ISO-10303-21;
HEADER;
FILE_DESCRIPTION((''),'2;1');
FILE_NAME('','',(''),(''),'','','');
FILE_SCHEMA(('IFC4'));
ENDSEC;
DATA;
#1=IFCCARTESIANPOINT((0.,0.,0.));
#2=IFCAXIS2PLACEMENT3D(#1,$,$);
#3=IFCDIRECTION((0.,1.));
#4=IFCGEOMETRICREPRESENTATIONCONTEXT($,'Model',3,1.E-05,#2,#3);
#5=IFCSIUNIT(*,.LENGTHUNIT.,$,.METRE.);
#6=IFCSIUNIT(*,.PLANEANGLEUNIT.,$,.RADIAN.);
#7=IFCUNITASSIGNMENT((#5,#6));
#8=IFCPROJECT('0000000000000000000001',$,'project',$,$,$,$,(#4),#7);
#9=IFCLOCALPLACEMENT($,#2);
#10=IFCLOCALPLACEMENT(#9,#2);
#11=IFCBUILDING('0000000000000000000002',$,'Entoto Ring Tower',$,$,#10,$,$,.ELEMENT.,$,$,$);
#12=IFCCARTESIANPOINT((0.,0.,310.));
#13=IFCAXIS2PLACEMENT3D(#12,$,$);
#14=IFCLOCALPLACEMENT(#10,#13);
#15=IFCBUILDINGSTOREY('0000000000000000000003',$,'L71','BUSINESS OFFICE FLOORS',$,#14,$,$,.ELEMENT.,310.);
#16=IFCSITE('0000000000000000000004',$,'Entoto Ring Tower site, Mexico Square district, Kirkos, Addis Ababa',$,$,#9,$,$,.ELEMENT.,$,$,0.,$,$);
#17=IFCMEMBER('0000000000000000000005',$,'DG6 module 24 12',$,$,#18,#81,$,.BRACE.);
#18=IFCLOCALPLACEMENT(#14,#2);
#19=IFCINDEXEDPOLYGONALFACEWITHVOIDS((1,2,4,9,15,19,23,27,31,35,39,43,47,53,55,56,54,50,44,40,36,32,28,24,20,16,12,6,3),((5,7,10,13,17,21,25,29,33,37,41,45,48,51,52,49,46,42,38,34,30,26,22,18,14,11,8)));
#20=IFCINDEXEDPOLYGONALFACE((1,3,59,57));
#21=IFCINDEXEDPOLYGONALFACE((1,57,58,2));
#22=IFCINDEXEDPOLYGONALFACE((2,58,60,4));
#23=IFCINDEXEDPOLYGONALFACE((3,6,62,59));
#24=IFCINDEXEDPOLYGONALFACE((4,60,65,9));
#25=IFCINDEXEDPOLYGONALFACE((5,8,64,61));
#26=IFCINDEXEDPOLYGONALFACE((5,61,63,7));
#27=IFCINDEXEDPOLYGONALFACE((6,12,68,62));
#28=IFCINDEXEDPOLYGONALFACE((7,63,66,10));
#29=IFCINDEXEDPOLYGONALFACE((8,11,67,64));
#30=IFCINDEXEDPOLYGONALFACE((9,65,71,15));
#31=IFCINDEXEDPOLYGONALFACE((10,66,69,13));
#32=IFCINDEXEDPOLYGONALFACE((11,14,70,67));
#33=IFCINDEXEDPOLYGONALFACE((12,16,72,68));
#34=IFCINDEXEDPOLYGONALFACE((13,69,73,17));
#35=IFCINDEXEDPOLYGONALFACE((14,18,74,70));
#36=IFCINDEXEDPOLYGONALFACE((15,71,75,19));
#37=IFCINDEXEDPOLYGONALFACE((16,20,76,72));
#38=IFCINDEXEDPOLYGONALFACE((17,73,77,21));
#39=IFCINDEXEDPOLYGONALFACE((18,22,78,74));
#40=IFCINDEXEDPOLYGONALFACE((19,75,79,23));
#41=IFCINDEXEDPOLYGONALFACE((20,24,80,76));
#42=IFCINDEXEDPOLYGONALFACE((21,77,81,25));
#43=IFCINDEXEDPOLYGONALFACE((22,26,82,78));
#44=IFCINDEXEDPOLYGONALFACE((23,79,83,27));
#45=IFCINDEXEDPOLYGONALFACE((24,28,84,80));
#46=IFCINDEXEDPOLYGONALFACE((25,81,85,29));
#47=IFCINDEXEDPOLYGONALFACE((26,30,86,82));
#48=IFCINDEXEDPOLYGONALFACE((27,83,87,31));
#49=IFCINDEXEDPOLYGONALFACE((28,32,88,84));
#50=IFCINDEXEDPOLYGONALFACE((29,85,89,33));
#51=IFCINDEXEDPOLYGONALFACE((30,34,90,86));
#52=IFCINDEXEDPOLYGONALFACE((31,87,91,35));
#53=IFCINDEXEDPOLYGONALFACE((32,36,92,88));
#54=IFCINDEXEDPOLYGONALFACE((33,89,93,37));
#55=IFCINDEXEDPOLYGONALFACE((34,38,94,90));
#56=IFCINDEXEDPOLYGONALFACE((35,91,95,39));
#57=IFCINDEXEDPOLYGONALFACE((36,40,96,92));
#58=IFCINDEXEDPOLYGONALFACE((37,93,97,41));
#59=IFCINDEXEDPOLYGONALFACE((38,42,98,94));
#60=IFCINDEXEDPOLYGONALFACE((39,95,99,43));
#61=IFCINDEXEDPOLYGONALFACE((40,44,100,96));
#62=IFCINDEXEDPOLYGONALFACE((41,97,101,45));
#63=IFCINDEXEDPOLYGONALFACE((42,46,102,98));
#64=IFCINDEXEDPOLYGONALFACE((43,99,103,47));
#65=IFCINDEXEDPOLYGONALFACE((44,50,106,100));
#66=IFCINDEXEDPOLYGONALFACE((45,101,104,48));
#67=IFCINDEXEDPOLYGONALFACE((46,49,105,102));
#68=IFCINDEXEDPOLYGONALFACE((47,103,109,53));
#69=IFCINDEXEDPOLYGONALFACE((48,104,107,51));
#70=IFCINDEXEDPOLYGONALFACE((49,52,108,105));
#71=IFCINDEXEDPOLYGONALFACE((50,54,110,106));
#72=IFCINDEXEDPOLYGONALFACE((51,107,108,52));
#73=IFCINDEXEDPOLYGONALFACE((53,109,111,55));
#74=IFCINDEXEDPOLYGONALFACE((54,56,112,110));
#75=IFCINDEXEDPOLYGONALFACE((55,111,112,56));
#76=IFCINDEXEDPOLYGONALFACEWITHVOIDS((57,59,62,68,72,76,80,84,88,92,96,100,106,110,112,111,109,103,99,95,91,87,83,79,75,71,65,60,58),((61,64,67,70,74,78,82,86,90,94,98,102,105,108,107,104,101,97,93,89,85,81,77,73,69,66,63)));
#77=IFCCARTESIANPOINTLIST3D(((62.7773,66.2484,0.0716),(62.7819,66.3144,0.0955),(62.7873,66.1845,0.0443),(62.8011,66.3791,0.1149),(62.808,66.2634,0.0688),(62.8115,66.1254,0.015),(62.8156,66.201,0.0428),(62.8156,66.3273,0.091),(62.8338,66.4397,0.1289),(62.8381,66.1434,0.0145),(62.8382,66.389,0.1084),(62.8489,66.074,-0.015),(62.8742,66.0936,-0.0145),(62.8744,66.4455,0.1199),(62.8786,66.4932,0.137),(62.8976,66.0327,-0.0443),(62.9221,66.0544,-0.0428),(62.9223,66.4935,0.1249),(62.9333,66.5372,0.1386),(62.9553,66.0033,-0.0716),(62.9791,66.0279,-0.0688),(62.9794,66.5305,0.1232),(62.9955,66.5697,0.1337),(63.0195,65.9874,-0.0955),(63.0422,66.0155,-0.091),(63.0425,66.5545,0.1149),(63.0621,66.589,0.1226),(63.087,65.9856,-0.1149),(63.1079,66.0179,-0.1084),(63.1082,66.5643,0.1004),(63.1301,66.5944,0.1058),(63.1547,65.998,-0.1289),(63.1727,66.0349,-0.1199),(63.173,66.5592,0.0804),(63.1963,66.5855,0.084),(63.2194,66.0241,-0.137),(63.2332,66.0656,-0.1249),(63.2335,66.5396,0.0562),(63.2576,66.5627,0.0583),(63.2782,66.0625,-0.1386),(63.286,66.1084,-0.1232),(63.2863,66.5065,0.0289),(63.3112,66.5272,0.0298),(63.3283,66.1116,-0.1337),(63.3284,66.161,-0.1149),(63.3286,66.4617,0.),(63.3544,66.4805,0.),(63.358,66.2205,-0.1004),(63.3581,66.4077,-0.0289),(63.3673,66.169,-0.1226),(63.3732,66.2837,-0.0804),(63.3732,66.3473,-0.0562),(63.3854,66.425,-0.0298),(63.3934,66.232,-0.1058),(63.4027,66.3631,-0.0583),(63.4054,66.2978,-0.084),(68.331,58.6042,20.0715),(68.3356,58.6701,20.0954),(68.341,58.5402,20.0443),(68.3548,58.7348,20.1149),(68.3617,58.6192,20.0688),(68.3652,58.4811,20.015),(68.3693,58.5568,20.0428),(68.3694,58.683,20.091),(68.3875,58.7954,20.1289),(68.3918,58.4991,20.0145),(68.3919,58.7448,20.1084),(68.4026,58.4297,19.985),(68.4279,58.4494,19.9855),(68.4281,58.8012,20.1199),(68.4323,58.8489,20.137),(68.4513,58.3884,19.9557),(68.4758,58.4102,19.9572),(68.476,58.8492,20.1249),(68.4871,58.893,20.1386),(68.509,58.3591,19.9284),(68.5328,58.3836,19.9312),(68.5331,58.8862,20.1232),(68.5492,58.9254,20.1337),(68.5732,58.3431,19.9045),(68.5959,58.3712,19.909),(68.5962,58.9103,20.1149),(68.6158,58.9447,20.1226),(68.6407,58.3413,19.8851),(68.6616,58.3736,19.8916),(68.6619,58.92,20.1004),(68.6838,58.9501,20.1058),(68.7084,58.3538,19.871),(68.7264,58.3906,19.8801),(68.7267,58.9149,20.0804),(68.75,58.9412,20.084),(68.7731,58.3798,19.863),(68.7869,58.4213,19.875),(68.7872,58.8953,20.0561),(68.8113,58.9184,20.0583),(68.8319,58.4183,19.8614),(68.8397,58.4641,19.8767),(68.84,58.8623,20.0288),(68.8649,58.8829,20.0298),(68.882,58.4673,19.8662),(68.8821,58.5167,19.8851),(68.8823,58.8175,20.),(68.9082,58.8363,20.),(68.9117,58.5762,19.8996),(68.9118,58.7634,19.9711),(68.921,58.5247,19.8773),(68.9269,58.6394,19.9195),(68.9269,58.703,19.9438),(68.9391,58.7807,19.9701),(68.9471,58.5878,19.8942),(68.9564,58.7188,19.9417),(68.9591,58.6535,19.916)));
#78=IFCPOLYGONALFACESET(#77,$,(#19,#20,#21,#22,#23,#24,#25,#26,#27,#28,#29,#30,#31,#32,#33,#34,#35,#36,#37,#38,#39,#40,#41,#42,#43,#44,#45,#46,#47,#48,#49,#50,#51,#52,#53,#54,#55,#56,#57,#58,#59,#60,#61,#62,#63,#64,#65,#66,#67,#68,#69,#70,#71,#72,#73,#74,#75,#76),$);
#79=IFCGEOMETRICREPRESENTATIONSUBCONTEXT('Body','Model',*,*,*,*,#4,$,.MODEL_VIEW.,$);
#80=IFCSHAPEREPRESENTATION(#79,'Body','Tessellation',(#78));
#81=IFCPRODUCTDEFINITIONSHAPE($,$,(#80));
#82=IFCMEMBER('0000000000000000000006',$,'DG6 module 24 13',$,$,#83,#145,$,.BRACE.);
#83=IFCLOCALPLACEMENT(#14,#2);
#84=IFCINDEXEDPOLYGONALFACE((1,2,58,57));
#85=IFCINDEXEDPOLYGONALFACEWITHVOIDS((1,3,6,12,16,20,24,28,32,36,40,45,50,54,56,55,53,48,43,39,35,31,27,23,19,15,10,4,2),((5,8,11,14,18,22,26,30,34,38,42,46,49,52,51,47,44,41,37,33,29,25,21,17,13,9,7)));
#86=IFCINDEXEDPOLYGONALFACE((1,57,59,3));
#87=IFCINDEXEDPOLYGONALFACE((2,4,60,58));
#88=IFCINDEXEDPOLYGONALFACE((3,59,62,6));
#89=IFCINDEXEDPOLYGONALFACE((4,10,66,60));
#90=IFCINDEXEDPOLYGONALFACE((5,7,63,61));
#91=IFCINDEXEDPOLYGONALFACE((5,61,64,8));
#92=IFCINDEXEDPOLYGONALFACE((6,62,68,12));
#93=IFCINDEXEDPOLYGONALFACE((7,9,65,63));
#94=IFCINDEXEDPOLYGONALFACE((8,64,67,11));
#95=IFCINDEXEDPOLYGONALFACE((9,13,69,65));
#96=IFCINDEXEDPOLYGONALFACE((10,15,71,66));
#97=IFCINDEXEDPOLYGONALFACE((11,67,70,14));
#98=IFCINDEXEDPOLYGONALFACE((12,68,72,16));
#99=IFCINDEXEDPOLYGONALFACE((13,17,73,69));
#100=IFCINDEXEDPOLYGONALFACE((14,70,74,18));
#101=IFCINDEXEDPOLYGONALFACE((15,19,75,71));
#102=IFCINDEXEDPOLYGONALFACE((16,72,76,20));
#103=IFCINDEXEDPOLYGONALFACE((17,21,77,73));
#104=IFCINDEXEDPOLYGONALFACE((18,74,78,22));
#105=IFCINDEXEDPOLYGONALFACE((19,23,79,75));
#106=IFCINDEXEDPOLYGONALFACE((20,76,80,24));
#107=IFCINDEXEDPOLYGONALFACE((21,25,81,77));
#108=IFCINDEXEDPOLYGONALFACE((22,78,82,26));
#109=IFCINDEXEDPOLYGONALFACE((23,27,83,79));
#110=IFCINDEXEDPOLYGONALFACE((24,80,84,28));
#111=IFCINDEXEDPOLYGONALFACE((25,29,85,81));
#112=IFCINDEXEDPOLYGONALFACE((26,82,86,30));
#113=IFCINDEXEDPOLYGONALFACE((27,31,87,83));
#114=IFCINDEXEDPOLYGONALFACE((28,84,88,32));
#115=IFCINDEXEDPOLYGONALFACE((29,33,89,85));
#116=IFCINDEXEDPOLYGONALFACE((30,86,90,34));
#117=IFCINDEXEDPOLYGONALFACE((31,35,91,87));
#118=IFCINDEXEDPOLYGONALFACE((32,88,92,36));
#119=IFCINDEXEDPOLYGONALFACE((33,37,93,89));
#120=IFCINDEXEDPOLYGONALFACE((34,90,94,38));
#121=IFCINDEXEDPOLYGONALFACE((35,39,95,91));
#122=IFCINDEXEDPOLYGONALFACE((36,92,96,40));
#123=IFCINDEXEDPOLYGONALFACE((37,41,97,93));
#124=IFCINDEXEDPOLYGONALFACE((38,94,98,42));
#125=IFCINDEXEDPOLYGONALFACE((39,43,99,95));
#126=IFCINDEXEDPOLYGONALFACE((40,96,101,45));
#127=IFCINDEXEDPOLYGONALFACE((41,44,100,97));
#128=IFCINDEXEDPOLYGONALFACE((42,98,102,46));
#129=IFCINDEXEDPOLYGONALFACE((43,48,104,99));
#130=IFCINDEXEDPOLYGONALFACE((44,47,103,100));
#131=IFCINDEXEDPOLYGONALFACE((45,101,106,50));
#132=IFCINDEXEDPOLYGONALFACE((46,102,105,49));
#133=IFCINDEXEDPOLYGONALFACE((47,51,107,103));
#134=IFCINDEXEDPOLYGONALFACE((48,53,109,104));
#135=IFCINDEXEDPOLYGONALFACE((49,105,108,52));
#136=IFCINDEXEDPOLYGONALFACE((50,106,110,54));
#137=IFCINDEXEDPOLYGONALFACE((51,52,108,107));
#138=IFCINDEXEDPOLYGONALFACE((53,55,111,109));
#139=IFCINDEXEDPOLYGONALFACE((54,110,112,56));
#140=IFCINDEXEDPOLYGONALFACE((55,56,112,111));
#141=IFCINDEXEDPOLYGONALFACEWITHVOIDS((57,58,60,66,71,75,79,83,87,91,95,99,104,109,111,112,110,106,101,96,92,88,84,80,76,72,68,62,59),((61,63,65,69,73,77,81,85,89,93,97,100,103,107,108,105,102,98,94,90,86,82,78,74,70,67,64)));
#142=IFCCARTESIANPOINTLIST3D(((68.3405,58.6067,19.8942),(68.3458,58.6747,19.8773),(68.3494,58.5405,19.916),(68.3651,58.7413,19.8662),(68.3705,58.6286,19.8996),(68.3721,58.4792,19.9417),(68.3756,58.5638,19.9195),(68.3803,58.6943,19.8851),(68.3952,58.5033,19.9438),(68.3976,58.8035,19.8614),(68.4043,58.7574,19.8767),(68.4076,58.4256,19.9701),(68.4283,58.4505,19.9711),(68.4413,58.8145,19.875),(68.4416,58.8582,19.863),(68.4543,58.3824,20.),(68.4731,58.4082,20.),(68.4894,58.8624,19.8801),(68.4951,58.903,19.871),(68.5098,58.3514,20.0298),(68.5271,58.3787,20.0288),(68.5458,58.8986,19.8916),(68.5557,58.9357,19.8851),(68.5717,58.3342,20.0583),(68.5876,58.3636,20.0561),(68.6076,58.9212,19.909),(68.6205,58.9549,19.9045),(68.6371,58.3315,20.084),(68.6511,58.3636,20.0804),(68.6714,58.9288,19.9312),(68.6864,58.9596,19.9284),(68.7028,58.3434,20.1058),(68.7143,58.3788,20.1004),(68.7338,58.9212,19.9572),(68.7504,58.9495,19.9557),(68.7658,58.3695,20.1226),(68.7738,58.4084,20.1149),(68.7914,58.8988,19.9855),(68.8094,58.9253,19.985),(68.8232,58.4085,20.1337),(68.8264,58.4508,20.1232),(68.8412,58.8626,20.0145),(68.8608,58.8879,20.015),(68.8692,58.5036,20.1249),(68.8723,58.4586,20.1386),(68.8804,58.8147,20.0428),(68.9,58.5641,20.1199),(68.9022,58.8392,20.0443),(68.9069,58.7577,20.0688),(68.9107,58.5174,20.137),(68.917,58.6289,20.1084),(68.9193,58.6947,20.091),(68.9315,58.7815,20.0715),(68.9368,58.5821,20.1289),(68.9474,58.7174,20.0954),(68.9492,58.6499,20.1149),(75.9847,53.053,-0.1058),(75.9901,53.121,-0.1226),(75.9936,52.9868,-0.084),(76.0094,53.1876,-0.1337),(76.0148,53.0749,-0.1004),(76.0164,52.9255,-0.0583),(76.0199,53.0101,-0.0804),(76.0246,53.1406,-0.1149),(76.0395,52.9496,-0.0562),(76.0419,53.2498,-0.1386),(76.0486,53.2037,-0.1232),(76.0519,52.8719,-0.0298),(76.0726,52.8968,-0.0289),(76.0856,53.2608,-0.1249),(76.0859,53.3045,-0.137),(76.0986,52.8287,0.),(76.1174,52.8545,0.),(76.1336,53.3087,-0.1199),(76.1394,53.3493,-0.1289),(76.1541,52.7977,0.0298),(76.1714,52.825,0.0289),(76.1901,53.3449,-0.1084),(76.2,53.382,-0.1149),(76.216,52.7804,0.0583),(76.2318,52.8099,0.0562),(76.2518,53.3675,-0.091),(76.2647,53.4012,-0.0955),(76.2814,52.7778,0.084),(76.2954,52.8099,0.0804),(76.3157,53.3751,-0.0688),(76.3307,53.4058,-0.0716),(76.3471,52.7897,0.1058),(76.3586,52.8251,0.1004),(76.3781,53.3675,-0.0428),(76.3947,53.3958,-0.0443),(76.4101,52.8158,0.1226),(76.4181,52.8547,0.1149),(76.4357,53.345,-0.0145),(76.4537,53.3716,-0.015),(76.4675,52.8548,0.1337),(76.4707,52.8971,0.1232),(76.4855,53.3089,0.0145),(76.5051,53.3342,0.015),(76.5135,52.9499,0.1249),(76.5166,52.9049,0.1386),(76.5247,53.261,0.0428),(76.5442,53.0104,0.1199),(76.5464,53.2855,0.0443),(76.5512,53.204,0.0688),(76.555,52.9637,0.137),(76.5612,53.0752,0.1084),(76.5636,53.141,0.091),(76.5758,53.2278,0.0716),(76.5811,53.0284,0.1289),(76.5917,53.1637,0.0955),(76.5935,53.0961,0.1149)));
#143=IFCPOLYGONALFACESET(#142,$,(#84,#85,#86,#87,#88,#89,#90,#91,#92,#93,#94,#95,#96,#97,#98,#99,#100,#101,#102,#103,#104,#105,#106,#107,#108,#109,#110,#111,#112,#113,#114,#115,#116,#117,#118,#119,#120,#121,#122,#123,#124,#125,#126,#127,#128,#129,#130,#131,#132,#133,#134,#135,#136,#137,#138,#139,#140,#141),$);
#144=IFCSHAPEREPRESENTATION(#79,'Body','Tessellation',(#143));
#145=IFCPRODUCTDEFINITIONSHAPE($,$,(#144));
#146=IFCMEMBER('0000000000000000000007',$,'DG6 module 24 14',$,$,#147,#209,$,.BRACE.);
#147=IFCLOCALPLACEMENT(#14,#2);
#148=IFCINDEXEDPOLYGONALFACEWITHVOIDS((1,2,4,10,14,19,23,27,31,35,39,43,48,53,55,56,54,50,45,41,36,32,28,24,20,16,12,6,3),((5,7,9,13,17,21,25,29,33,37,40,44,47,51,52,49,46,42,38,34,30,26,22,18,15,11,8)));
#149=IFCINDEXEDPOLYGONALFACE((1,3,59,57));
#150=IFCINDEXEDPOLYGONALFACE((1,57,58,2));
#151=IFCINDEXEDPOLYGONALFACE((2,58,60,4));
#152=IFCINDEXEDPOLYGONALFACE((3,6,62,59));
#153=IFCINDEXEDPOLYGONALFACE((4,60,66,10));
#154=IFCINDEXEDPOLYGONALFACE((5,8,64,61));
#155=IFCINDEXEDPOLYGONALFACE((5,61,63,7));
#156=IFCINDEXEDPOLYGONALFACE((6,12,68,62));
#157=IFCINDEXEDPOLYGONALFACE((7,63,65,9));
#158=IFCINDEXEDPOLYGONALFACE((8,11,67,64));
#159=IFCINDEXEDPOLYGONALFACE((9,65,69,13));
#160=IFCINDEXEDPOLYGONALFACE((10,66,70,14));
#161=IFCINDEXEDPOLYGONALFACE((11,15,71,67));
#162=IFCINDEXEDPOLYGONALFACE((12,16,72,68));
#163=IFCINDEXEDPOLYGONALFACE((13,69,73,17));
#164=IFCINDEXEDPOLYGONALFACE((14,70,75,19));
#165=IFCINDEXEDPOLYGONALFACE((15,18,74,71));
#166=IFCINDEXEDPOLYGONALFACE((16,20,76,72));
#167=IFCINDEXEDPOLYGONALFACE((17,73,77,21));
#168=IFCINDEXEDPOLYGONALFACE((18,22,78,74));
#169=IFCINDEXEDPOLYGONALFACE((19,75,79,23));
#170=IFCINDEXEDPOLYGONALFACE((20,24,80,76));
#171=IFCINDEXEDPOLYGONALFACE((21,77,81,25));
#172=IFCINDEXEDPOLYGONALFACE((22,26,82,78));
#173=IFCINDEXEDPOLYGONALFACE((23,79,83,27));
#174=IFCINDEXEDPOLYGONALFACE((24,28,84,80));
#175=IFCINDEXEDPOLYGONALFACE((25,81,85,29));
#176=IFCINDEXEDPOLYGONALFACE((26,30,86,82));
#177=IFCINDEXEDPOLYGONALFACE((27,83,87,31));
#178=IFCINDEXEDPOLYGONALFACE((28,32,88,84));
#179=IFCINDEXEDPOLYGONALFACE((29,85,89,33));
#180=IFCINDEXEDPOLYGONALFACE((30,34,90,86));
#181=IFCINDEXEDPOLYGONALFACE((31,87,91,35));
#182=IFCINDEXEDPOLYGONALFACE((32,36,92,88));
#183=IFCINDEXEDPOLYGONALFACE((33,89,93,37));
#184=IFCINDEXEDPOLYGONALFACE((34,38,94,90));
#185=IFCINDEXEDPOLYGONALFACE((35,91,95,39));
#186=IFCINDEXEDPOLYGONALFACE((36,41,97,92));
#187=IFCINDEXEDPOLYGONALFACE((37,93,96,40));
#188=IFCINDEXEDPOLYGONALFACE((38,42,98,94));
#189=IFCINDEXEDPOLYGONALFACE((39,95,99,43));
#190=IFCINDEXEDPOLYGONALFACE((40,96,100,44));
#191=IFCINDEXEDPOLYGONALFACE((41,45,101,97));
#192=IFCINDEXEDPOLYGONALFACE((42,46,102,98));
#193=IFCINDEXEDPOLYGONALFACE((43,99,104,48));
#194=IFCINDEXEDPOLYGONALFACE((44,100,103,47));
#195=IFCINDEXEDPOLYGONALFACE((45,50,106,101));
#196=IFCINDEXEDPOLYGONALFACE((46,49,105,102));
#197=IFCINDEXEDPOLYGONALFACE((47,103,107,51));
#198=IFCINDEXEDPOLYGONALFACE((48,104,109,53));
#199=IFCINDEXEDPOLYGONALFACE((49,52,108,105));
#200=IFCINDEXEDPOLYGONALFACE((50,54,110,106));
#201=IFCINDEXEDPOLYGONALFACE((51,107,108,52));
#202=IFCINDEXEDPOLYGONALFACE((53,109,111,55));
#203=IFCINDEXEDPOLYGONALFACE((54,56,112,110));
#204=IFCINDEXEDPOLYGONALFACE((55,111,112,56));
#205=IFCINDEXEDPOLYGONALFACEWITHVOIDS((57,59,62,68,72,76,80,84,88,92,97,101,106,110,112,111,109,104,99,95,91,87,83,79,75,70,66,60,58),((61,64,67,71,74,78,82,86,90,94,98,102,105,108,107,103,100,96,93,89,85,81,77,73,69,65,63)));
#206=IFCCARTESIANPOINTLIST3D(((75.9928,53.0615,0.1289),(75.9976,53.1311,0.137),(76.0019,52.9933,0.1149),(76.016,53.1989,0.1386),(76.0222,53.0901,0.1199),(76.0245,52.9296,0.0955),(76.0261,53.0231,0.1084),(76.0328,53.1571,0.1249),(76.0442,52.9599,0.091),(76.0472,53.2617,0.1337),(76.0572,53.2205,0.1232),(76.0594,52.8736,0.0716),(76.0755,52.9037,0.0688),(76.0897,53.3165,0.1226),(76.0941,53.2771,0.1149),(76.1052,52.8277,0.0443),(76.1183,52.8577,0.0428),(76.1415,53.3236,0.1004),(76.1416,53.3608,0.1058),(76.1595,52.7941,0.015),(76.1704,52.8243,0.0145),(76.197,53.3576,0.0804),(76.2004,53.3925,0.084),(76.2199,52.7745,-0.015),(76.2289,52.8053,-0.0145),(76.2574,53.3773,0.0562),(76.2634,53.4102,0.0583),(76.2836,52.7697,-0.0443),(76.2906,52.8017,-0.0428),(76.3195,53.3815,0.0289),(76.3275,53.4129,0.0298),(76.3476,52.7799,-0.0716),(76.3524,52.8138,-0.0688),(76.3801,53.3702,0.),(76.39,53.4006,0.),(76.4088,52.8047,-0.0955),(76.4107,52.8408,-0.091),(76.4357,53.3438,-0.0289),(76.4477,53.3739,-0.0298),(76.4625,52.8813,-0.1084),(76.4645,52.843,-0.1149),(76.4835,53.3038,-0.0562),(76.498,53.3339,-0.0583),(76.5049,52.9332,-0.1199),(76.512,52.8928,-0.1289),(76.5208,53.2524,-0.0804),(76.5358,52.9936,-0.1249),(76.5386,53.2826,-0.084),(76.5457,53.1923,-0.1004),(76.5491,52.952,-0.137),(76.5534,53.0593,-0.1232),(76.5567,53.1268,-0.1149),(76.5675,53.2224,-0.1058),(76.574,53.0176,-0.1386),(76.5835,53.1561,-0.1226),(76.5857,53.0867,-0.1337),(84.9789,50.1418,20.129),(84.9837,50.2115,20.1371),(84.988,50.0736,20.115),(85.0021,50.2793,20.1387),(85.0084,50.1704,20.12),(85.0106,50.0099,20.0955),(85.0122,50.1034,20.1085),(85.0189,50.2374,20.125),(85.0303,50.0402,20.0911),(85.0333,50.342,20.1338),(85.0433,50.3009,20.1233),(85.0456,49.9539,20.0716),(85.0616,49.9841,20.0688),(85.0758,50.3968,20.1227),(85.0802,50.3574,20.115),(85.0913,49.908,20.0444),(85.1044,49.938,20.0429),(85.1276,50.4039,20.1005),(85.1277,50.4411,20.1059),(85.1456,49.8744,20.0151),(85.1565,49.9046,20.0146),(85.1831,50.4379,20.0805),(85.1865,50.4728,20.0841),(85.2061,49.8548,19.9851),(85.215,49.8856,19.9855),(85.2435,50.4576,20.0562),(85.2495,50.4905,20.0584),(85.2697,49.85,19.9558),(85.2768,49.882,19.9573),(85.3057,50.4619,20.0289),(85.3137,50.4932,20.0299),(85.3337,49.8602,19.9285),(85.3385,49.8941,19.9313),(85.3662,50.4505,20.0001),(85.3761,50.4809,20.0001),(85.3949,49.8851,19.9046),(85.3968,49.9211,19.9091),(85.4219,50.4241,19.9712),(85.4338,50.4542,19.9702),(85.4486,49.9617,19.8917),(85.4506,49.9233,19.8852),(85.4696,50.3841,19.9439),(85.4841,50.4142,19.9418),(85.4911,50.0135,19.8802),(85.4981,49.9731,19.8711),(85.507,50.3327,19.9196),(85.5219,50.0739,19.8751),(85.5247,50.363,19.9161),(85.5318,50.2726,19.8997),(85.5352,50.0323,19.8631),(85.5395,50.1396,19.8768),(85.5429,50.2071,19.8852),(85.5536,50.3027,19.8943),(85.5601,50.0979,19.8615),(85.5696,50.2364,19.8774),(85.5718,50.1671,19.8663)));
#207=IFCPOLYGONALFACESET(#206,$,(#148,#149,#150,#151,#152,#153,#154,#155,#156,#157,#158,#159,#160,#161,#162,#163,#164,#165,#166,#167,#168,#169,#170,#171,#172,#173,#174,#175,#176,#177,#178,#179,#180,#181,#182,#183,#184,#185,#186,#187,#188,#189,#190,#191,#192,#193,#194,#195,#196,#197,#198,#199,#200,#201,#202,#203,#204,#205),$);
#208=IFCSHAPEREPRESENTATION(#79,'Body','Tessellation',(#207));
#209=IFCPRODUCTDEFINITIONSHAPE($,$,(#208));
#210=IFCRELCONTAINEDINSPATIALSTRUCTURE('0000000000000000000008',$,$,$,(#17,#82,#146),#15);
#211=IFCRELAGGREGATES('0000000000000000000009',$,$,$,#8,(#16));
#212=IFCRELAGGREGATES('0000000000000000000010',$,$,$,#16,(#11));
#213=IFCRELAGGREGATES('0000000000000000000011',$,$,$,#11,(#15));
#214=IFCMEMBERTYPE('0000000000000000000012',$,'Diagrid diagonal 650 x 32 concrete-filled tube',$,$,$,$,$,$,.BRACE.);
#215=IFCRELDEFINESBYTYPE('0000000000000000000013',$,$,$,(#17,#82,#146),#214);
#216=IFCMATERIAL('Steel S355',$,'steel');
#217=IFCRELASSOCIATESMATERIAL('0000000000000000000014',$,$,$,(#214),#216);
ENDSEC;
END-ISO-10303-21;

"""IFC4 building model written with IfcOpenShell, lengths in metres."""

from ifc_helpers import new_model, si_unit, direction, frame, origin, origin_2d, place, context, subcontext, project, spatial, circle, hollow_circle, extrude, material, material_profile, profile_set, type_object, element, save


model = new_model("IFC4")

# Units and contexts
model_context = context("Model", 3, precision=1e-05, world=origin(), true_north=direction((0.0, 1.0)))
body_context = subcontext(model_context, "Body", "Model", "MODEL_VIEW")
ifc_project = project(units=[si_unit("LENGTHUNIT", "METRE"), si_unit("PLANEANGLEUNIT", "RADIAN")], contexts=[model_context])

# Site, building, storey
site_placement = place(None, origin())
site = spatial("IfcSite", under=ifc_project, at=site_placement, Name="Entoto Ring Tower site, Mexico Square district, Kirkos, Addis Ababa", CompositionType="ELEMENT", RefElevation=0.0)
building_placement = place(site_placement, origin())
building = spatial("IfcBuilding", under=site, at=building_placement, Name="Entoto Ring Tower", CompositionType="ELEMENT")
storey_placement = place(building_placement, frame((0.0, 0.0, 310.0)))
storey = spatial("IfcBuildingStorey", under=building, at=storey_placement, Name="L71", Description="BUSINESS OFFICE FLOORS", CompositionType="ELEMENT", Elevation=310.0)

# Members
ifc_material_1 = material(Name="Steel S355", Category="steel")
ifc_material_profile_1 = material_profile(ifc_material_1, hollow_circle(Radius=0.325, WallThickness=0.032, at=origin_2d()), Name="CHS 650 x 32")
ifc_material_2 = material(Name="Concrete C60/75", Category="concrete")
ifc_material_profile_2 = material_profile(ifc_material_2, circle(Radius=0.293, at=origin_2d()), Name="Concrete C60/75 infill")
ifc_profile_set_1 = profile_set([ifc_material_profile_1, ifc_material_profile_2], Name="Steel S355")
member_type_1 = type_object("IfcMemberType", Name="Diagrid diagonal 650 x 32 concrete-filled tube", PredefinedType="BRACE", material=ifc_profile_set_1)
for number, where, z_axis, x_axis, name in (
    (1, (63.0916, 66.2896, 0.0), (0.251076, -0.345588, 0.904174), (0.809026, 0.587772, 0.0), "DG6 module 24 12"),
    (2, (76.2896, 53.0916, 0.0), (-0.345588, 0.251076, 0.904174), (-0.587772, -0.809026, 0.0), "DG6 module 24 13"),
    (3, (76.2896, 53.0916, 0.0), (0.406251, -0.131995, 0.904178), (0.30901, 0.951059, 0.0), "DG6 module 24 14"),
):
    element("IfcMember", number, at=place(storey_placement, frame(where, z_axis=z_axis, x_axis=x_axis)), inside=storey, type_object=member_type_1, Name=name, PredefinedType="BRACE", context=body_context, shape_type="SweptSolid", body=[
        extrude(hollow_circle(Radius=0.325, WallThickness=0.032, at=origin_2d()), origin(), (0.0, 0.0, 1.0), 22.1196),
    ])

save(model, "model.ifc")
